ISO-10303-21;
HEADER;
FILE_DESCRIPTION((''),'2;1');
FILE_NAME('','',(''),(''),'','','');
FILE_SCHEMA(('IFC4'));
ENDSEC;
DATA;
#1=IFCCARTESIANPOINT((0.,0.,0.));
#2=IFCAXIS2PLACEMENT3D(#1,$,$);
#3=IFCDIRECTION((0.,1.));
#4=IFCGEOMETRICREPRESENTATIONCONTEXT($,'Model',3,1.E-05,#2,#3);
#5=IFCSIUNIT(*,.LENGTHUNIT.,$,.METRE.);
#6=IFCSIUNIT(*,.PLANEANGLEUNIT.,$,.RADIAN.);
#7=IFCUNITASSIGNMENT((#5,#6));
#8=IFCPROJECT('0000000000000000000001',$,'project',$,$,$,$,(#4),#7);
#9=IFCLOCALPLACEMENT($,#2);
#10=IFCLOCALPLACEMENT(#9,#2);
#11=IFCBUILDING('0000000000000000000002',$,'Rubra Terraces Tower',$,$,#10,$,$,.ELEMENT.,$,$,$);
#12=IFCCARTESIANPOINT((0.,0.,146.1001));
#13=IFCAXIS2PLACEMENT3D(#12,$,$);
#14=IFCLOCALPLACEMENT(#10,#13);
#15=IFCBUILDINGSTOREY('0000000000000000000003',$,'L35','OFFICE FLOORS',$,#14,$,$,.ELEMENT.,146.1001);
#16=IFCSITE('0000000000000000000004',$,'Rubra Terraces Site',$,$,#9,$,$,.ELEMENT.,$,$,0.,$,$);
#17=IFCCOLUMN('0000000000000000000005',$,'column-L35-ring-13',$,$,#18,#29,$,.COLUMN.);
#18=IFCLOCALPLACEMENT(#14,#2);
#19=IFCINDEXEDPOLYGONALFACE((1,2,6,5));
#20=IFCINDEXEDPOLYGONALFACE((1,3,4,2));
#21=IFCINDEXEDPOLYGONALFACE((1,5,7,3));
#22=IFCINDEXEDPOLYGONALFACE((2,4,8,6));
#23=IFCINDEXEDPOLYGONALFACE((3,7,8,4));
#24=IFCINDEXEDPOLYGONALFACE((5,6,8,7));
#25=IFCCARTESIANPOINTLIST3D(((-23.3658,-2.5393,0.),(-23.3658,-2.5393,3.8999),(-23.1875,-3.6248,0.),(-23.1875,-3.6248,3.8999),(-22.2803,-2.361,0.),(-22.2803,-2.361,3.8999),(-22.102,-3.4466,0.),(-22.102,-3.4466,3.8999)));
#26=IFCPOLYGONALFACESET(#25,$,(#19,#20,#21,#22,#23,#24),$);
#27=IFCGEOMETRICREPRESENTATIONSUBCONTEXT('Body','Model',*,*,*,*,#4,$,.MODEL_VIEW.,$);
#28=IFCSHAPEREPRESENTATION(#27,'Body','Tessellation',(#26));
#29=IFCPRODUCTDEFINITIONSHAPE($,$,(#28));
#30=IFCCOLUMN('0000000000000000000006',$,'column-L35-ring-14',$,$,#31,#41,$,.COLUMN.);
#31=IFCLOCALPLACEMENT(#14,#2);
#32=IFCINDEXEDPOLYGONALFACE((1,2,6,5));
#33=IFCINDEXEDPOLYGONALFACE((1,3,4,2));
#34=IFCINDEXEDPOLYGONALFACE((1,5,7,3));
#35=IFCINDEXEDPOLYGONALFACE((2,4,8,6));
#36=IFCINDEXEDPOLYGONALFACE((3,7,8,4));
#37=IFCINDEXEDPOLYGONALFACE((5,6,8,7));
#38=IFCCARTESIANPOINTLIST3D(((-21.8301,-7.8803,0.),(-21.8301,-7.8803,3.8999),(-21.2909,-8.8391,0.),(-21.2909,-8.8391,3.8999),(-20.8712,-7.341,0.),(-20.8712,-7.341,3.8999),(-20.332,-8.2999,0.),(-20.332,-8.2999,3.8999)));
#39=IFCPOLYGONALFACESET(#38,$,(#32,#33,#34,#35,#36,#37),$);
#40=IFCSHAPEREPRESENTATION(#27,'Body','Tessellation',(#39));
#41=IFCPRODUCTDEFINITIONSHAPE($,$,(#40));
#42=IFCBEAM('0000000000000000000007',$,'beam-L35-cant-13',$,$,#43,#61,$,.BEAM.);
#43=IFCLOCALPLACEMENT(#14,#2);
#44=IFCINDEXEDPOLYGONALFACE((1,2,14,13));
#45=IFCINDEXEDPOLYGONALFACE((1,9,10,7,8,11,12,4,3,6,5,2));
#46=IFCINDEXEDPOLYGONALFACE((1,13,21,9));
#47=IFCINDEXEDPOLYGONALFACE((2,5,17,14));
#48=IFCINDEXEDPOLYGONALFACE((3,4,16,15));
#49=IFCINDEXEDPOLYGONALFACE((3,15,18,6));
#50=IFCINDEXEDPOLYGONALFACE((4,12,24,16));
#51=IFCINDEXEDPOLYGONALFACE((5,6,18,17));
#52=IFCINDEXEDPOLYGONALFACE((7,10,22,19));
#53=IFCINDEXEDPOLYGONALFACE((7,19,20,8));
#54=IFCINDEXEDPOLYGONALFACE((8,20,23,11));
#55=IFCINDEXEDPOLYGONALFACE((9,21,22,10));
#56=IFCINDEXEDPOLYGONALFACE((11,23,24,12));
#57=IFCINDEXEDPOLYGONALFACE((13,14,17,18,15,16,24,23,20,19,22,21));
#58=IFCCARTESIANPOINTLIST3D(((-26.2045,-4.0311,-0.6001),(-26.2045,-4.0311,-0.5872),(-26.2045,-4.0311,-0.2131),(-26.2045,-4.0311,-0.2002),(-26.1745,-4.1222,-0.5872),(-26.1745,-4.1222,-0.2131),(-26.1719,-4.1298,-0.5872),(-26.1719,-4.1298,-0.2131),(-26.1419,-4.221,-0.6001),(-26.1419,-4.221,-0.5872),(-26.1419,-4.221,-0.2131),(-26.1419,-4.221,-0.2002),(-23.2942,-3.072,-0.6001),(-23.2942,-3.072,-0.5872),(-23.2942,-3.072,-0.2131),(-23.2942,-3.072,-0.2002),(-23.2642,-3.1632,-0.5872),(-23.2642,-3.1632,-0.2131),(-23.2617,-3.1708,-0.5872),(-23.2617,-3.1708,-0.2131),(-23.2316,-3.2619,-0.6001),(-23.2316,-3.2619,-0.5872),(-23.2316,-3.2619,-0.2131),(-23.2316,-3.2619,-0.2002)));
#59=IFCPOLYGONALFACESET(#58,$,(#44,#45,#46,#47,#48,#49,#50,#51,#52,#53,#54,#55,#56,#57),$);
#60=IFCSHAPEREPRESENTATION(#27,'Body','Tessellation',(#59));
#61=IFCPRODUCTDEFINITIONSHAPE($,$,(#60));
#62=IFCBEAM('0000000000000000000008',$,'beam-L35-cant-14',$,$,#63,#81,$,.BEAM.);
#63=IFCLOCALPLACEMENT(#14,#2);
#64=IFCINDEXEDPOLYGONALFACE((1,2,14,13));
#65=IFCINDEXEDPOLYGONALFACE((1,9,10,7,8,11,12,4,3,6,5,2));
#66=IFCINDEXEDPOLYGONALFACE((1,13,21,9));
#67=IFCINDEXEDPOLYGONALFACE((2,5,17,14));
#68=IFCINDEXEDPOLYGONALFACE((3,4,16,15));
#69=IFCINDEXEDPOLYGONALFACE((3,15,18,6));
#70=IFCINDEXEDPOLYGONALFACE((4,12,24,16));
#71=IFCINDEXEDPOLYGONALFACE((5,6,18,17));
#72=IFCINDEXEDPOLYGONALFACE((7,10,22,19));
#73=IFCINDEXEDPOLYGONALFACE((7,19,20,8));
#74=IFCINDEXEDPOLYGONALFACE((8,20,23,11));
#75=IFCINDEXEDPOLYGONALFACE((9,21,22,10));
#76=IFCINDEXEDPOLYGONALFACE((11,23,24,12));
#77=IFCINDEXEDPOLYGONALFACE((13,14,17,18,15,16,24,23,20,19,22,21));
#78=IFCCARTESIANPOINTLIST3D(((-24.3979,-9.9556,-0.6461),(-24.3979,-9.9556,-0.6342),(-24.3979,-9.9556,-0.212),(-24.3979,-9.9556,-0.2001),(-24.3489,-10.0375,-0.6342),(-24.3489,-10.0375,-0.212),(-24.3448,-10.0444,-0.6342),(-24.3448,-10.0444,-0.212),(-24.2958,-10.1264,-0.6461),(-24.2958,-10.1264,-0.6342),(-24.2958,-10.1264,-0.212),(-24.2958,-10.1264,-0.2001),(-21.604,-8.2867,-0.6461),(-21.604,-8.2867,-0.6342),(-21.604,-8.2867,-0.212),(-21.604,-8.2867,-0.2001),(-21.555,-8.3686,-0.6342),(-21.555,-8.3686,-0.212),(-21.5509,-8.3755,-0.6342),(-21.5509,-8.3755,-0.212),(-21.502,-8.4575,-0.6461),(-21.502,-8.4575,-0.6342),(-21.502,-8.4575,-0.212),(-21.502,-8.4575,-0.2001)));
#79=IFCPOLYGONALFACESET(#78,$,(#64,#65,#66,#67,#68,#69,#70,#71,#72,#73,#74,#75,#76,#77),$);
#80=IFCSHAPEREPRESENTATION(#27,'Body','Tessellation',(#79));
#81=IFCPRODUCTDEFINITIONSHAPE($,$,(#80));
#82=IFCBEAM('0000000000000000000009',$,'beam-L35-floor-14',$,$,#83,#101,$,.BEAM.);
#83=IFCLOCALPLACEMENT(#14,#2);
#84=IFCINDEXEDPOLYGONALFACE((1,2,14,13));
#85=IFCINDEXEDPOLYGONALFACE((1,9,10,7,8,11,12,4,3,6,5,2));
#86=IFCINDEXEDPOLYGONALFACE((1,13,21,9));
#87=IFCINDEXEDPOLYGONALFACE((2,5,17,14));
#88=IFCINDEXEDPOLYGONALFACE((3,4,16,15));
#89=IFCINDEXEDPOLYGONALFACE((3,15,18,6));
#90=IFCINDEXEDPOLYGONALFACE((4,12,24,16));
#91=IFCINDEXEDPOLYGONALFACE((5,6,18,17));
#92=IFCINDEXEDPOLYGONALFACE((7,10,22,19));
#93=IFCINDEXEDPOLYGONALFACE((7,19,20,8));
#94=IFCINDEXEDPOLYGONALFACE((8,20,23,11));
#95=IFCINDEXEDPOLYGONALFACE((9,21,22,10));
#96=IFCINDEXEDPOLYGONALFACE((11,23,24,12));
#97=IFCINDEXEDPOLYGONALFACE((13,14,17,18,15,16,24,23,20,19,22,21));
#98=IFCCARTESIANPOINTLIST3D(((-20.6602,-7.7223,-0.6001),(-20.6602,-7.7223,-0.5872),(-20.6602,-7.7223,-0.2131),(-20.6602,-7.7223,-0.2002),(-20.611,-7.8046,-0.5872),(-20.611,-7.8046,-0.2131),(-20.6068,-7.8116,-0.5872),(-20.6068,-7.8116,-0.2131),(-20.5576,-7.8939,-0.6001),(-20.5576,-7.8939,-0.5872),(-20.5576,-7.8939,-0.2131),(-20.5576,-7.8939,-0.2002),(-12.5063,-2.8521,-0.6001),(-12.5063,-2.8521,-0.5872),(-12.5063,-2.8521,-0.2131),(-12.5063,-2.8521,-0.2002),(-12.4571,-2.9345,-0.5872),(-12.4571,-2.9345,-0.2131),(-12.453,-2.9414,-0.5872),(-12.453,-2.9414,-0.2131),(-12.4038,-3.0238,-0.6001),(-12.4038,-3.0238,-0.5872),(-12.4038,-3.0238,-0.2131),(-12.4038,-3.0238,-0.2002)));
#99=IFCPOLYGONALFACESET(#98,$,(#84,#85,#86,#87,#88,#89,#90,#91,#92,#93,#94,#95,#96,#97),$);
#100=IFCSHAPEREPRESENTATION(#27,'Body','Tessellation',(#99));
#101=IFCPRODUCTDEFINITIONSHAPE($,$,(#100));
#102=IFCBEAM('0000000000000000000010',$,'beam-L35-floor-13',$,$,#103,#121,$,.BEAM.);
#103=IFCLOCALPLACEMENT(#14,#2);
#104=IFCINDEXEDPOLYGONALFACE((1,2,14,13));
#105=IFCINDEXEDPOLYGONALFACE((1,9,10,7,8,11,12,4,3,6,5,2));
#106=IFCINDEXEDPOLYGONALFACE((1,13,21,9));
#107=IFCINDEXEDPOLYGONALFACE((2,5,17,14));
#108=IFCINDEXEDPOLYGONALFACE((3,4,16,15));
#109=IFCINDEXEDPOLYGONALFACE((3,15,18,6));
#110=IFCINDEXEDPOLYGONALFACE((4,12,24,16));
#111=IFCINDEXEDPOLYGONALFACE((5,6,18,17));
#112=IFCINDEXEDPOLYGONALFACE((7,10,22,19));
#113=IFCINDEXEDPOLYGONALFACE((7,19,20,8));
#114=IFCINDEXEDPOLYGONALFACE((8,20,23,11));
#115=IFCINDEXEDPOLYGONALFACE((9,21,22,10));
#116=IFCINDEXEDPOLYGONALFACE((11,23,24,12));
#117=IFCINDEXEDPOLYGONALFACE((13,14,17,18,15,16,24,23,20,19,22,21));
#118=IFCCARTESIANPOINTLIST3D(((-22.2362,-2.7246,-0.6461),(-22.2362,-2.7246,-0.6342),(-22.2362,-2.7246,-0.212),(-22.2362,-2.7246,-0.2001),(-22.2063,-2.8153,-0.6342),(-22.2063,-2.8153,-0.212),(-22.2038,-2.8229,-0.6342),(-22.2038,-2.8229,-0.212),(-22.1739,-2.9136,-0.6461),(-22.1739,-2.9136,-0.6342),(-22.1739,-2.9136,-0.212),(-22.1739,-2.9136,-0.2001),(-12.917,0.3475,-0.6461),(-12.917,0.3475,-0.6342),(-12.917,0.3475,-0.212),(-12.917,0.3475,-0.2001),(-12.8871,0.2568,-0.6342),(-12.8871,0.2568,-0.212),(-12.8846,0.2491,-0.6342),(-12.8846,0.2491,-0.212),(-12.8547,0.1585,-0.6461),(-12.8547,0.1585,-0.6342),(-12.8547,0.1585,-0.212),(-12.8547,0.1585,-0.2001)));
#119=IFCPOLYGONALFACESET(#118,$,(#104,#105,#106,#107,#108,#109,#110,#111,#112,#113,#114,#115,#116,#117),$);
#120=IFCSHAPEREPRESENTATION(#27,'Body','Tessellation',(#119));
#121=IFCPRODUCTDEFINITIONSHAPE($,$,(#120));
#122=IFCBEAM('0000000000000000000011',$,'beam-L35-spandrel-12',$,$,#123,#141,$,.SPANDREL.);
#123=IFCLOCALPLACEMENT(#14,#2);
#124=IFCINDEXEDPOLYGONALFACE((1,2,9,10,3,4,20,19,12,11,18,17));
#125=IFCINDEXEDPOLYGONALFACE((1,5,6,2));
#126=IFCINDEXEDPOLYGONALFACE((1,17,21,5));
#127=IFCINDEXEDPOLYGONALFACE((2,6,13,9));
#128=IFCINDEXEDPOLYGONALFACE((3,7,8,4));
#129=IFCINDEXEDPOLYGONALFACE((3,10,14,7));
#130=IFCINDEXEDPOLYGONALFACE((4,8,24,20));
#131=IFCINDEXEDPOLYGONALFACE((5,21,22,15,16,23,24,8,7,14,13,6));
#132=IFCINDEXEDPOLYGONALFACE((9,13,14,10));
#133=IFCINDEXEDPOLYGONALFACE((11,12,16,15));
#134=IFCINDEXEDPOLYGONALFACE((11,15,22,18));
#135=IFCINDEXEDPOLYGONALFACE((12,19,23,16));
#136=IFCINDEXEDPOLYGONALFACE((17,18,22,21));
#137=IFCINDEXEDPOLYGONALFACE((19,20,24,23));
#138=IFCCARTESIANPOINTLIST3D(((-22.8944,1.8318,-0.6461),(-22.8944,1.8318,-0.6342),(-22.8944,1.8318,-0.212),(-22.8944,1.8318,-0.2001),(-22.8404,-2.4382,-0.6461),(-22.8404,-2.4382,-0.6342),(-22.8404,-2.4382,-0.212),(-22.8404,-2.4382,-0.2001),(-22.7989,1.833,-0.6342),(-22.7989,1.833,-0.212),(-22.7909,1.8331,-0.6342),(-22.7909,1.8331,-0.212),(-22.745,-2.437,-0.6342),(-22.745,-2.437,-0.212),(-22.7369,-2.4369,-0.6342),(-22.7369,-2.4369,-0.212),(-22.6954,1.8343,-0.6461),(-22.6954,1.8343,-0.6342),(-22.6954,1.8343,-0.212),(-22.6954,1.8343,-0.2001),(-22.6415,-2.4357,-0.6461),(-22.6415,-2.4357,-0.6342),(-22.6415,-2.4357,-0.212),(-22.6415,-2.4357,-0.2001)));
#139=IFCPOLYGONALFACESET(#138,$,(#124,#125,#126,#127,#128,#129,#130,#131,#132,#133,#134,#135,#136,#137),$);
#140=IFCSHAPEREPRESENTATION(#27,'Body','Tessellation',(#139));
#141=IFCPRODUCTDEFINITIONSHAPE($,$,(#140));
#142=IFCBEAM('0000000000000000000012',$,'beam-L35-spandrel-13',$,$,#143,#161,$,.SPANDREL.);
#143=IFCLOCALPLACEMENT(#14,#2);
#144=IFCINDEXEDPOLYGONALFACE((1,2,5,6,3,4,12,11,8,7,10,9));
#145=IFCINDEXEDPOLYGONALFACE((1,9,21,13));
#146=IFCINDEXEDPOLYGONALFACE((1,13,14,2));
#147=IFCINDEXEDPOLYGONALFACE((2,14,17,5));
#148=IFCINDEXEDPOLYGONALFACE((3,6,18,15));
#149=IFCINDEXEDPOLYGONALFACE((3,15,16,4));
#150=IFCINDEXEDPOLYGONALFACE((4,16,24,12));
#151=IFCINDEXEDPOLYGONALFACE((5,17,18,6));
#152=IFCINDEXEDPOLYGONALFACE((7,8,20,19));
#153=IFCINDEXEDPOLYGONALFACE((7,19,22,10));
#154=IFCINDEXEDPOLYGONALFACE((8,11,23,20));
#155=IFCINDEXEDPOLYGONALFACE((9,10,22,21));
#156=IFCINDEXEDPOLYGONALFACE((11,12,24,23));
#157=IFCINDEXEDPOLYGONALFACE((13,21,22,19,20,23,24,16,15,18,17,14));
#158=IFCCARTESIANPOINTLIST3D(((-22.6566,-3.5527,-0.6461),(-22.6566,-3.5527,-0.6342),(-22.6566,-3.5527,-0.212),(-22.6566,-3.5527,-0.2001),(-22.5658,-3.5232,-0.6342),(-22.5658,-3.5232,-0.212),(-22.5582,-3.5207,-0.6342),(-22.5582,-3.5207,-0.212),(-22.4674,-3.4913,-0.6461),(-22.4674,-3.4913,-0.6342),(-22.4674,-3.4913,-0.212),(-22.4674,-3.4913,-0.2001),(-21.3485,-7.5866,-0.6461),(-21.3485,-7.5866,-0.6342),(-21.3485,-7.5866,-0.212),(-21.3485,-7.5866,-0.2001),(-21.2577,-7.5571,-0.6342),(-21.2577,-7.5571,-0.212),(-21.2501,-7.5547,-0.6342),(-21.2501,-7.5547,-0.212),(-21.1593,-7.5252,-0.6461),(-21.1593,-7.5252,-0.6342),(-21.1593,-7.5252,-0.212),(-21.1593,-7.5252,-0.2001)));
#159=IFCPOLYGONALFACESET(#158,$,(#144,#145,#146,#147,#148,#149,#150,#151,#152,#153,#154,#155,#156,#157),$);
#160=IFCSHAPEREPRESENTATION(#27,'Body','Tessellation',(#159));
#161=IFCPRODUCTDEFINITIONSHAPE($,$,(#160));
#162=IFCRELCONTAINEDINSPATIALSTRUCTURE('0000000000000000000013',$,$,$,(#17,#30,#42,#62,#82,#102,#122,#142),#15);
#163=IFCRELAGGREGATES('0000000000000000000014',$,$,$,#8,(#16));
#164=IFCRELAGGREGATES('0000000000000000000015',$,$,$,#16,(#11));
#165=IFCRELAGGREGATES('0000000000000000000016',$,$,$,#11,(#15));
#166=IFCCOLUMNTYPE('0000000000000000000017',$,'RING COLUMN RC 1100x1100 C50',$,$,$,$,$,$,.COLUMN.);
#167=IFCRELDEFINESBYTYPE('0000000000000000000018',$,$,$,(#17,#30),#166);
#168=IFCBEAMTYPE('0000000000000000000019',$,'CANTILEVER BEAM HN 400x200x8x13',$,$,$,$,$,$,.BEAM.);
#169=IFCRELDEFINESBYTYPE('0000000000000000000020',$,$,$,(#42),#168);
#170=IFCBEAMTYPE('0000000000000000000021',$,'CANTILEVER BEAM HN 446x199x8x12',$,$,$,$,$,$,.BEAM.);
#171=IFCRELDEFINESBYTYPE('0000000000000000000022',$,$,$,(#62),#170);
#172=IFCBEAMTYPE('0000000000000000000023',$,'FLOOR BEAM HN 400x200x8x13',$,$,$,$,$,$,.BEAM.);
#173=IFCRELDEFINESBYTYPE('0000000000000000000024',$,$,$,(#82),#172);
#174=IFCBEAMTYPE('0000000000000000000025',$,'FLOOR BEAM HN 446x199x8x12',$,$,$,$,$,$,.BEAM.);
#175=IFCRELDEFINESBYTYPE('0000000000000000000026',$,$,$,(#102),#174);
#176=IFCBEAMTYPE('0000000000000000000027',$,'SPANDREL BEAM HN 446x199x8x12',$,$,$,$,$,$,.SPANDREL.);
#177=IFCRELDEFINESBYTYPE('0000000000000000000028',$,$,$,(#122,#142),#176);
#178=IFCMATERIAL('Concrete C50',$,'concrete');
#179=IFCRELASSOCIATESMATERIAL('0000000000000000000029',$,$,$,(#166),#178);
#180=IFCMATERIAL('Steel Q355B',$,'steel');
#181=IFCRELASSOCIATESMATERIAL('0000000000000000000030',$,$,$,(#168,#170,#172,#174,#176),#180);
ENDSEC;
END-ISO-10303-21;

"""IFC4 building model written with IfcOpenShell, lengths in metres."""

from ifc_helpers import new_model, si_unit, direction, frame, origin, origin_2d, place, context, subcontext, project, spatial, rectangle, i_section, extrude, material, material_profile, profile_set, type_object, element, save


model = new_model("IFC4")

# Units and contexts
model_context = context("Model", 3, precision=1e-05, world=origin(), true_north=direction((0.0, 1.0)))
body_context = subcontext(model_context, "Body", "Model", "MODEL_VIEW")
ifc_project = project(units=[si_unit("LENGTHUNIT", "METRE"), si_unit("PLANEANGLEUNIT", "RADIAN")], contexts=[model_context])

# Site, building, storey
site_placement = place(None, origin())
site = spatial("IfcSite", under=ifc_project, at=site_placement, Name="Rubra Terraces Site", CompositionType="ELEMENT", RefElevation=0.0)
building_placement = place(site_placement, origin())
building = spatial("IfcBuilding", under=site, at=building_placement, Name="Rubra Terraces Tower", CompositionType="ELEMENT")
storey_placement = place(building_placement, frame((0.0, 0.0, 146.1001)))
storey = spatial("IfcBuildingStorey", under=building, at=storey_placement, Name="L35", Description="OFFICE FLOORS", CompositionType="ELEMENT", Elevation=146.1001)

# Columns
ifc_material_1 = material(Name="Concrete C50", Category="concrete")
ifc_material_profile_1 = material_profile(ifc_material_1, rectangle(XDim=1.1001, YDim=1.1001, at=origin_2d()), Name="RC 1100x1100")
ifc_profile_set_1 = profile_set([ifc_material_profile_1], Name="Concrete C50")
column_type = type_object("IfcColumnType", Name="RING COLUMN RC 1100x1100 C50", PredefinedType="COLUMN", material=ifc_profile_set_1)
for number, where, z_axis, x_axis, name in (
    (1, (-22.7339, -2.9929, 0.0), (0.0, 0.0, 1.0), (0.162062, -0.986781, 0.0), "column-L35-ring-13"),
    (2, (-21.0811, -8.0901, 0.0), (0.0, 0.0, 1.0), (0.490162, -0.871631, 0.0), "column-L35-ring-14"),
):
    element("IfcColumn", number, at=place(storey_placement, frame(where, z_axis=z_axis, x_axis=x_axis)), inside=storey, type_object=column_type, Name=name, PredefinedType="COLUMN", context=body_context, shape_type="SweptSolid", body=[
        extrude(rectangle(XDim=1.1001, YDim=1.1001, at=origin_2d()), origin(), (0.0, 0.0, 1.0), 3.8999),
    ])

# Beams
ifc_material_2 = material(Name="Steel Q355B", Category="steel")
ifc_material_profile_2 = material_profile(ifc_material_2, i_section(OverallWidth=0.2, OverallDepth=0.3999, WebThickness=0.0081, FlangeThickness=0.0129, at=origin_2d()), Name="HN 400x200x8x13")
ifc_profile_set_2 = profile_set([ifc_material_profile_2], Name="Steel Q355B")
beam_type_1 = type_object("IfcBeamType", Name="CANTILEVER BEAM HN 400x200x8x13", PredefinedType="BEAM", material=ifc_profile_set_2)
beam_1_placement = place(storey_placement, frame((-23.2629, -3.167, -0.4001), z_axis=(-0.949761, -0.312975, 0.0), x_axis=(0.312975, -0.949761, 0.0)))
element("IfcBeam", 3, at=beam_1_placement, inside=storey, type_object=beam_type_1, Name="beam-L35-cant-13", PredefinedType="BEAM", context=body_context, shape_type="SweptSolid", body=[
    extrude(i_section(OverallWidth=0.2, OverallDepth=0.3999, WebThickness=0.0081, FlangeThickness=0.0129, at=origin_2d()), origin(), (0.0, 0.0, 1.0), 3.0642),
])
ifc_material_profile_3 = material_profile(ifc_material_2, i_section(OverallWidth=0.199, OverallDepth=0.446, WebThickness=0.0081, FlangeThickness=0.012, at=origin_2d()), Name="HN 446x199x8x12")
ifc_profile_set_3 = profile_set([ifc_material_profile_3], Name="Steel Q355B")
beam_type_2 = type_object("IfcBeamType", Name="CANTILEVER BEAM HN 446x199x8x12", PredefinedType="BEAM", material=ifc_profile_set_3)
beam_2_placement = place(storey_placement, frame((-21.553, -8.3721, -0.4231), z_axis=(-0.858497, -0.512818, 0.0), x_axis=(0.512818, -0.858497, 0.0)))
element("IfcBeam", 4, at=beam_2_placement, inside=storey, type_object=beam_type_2, Name="beam-L35-cant-14", PredefinedType="BEAM", context=body_context, shape_type="SweptSolid", body=[
    extrude(i_section(OverallWidth=0.199, OverallDepth=0.446, WebThickness=0.0081, FlangeThickness=0.012, at=origin_2d()), origin(), (0.0, 0.0, 1.0), 3.2544),
])
ifc_material_profile_4 = material_profile(ifc_material_2, i_section(OverallWidth=0.2, OverallDepth=0.3999, WebThickness=0.0081, FlangeThickness=0.0129, at=origin_2d()), Name="HN 400x200x8x13")
ifc_profile_set_4 = profile_set([ifc_material_profile_4], Name="Steel Q355B")
beam_type_3 = type_object("IfcBeamType", Name="FLOOR BEAM HN 400x200x8x13", PredefinedType="BEAM", material=ifc_profile_set_4)
beam_3_placement = place(storey_placement, frame((-20.6089, -7.8081, -0.4001), z_axis=(0.858521, 0.512778, 0.0), x_axis=(-0.512778, 0.858521, 0.0)))
element("IfcBeam", 5, at=beam_3_placement, inside=storey, type_object=beam_type_3, Name="beam-L35-floor-14", PredefinedType="BEAM", context=body_context, shape_type="SweptSolid", body=[
    extrude(i_section(OverallWidth=0.2, OverallDepth=0.3999, WebThickness=0.0081, FlangeThickness=0.0129, at=origin_2d()), origin(), (0.0, 0.0, 1.0), 9.4976),
])
ifc_material_profile_5 = material_profile(ifc_material_2, i_section(OverallWidth=0.199, OverallDepth=0.446, WebThickness=0.0081, FlangeThickness=0.012, at=origin_2d()), Name="HN 446x199x8x12")
ifc_profile_set_5 = profile_set([ifc_material_profile_5], Name="Steel Q355B")
beam_type_4 = type_object("IfcBeamType", Name="FLOOR BEAM HN 446x199x8x12", PredefinedType="BEAM", material=ifc_profile_set_5)
beam_4_placement = place(storey_placement, frame((-22.2051, -2.8191, -0.4231), z_axis=(0.949728, 0.313076, 0.0), x_axis=(-0.313076, 0.949728, 0.0)))
element("IfcBeam", 6, at=beam_4_placement, inside=storey, type_object=beam_type_4, Name="beam-L35-floor-13", PredefinedType="BEAM", context=body_context, shape_type="SweptSolid", body=[
    extrude(i_section(OverallWidth=0.199, OverallDepth=0.446, WebThickness=0.0081, FlangeThickness=0.012, at=origin_2d()), origin(), (0.0, 0.0, 1.0), 9.8125),
])
ifc_material_profile_6 = material_profile(ifc_material_2, i_section(OverallWidth=0.199, OverallDepth=0.446, WebThickness=0.0081, FlangeThickness=0.012, at=origin_2d()), Name="HN 446x199x8x12")
ifc_profile_set_6 = profile_set([ifc_material_profile_6], Name="Steel Q355B")
beam_type_5 = type_object("IfcBeamType", Name="SPANDREL BEAM HN 446x199x8x12", PredefinedType="SPANDREL", material=ifc_profile_set_6)
beam_5_placement = place(storey_placement, frame((-22.7949, 1.833, -0.4231), z_axis=(0.012635, -0.99992, 0.0), x_axis=(0.99992, 0.012635, 0.0)))
element("IfcBeam", 7, at=beam_5_placement, inside=storey, type_object=beam_type_5, Name="beam-L35-spandrel-12", PredefinedType="SPANDREL", context=body_context, shape_type="SweptSolid", body=[
    extrude(i_section(OverallWidth=0.199, OverallDepth=0.446, WebThickness=0.0081, FlangeThickness=0.012, at=origin_2d()), origin(), (0.0, 0.0, 1.0), 4.2703),
])
beam_6_placement = place(storey_placement, frame((-22.562, -3.522, -0.4231), z_axis=(0.308462, -0.951237, 0.0), x_axis=(0.951237, 0.308462, 0.0)))
element("IfcBeam", 8, at=beam_6_placement, inside=storey, type_object=beam_type_5, Name="beam-L35-spandrel-13", PredefinedType="SPANDREL", context=body_context, shape_type="SweptSolid", body=[
    extrude(i_section(OverallWidth=0.199, OverallDepth=0.446, WebThickness=0.0081, FlangeThickness=0.012, at=origin_2d()), origin(), (0.0, 0.0, 1.0), 4.2407),
])

save(model, "model.ifc")
